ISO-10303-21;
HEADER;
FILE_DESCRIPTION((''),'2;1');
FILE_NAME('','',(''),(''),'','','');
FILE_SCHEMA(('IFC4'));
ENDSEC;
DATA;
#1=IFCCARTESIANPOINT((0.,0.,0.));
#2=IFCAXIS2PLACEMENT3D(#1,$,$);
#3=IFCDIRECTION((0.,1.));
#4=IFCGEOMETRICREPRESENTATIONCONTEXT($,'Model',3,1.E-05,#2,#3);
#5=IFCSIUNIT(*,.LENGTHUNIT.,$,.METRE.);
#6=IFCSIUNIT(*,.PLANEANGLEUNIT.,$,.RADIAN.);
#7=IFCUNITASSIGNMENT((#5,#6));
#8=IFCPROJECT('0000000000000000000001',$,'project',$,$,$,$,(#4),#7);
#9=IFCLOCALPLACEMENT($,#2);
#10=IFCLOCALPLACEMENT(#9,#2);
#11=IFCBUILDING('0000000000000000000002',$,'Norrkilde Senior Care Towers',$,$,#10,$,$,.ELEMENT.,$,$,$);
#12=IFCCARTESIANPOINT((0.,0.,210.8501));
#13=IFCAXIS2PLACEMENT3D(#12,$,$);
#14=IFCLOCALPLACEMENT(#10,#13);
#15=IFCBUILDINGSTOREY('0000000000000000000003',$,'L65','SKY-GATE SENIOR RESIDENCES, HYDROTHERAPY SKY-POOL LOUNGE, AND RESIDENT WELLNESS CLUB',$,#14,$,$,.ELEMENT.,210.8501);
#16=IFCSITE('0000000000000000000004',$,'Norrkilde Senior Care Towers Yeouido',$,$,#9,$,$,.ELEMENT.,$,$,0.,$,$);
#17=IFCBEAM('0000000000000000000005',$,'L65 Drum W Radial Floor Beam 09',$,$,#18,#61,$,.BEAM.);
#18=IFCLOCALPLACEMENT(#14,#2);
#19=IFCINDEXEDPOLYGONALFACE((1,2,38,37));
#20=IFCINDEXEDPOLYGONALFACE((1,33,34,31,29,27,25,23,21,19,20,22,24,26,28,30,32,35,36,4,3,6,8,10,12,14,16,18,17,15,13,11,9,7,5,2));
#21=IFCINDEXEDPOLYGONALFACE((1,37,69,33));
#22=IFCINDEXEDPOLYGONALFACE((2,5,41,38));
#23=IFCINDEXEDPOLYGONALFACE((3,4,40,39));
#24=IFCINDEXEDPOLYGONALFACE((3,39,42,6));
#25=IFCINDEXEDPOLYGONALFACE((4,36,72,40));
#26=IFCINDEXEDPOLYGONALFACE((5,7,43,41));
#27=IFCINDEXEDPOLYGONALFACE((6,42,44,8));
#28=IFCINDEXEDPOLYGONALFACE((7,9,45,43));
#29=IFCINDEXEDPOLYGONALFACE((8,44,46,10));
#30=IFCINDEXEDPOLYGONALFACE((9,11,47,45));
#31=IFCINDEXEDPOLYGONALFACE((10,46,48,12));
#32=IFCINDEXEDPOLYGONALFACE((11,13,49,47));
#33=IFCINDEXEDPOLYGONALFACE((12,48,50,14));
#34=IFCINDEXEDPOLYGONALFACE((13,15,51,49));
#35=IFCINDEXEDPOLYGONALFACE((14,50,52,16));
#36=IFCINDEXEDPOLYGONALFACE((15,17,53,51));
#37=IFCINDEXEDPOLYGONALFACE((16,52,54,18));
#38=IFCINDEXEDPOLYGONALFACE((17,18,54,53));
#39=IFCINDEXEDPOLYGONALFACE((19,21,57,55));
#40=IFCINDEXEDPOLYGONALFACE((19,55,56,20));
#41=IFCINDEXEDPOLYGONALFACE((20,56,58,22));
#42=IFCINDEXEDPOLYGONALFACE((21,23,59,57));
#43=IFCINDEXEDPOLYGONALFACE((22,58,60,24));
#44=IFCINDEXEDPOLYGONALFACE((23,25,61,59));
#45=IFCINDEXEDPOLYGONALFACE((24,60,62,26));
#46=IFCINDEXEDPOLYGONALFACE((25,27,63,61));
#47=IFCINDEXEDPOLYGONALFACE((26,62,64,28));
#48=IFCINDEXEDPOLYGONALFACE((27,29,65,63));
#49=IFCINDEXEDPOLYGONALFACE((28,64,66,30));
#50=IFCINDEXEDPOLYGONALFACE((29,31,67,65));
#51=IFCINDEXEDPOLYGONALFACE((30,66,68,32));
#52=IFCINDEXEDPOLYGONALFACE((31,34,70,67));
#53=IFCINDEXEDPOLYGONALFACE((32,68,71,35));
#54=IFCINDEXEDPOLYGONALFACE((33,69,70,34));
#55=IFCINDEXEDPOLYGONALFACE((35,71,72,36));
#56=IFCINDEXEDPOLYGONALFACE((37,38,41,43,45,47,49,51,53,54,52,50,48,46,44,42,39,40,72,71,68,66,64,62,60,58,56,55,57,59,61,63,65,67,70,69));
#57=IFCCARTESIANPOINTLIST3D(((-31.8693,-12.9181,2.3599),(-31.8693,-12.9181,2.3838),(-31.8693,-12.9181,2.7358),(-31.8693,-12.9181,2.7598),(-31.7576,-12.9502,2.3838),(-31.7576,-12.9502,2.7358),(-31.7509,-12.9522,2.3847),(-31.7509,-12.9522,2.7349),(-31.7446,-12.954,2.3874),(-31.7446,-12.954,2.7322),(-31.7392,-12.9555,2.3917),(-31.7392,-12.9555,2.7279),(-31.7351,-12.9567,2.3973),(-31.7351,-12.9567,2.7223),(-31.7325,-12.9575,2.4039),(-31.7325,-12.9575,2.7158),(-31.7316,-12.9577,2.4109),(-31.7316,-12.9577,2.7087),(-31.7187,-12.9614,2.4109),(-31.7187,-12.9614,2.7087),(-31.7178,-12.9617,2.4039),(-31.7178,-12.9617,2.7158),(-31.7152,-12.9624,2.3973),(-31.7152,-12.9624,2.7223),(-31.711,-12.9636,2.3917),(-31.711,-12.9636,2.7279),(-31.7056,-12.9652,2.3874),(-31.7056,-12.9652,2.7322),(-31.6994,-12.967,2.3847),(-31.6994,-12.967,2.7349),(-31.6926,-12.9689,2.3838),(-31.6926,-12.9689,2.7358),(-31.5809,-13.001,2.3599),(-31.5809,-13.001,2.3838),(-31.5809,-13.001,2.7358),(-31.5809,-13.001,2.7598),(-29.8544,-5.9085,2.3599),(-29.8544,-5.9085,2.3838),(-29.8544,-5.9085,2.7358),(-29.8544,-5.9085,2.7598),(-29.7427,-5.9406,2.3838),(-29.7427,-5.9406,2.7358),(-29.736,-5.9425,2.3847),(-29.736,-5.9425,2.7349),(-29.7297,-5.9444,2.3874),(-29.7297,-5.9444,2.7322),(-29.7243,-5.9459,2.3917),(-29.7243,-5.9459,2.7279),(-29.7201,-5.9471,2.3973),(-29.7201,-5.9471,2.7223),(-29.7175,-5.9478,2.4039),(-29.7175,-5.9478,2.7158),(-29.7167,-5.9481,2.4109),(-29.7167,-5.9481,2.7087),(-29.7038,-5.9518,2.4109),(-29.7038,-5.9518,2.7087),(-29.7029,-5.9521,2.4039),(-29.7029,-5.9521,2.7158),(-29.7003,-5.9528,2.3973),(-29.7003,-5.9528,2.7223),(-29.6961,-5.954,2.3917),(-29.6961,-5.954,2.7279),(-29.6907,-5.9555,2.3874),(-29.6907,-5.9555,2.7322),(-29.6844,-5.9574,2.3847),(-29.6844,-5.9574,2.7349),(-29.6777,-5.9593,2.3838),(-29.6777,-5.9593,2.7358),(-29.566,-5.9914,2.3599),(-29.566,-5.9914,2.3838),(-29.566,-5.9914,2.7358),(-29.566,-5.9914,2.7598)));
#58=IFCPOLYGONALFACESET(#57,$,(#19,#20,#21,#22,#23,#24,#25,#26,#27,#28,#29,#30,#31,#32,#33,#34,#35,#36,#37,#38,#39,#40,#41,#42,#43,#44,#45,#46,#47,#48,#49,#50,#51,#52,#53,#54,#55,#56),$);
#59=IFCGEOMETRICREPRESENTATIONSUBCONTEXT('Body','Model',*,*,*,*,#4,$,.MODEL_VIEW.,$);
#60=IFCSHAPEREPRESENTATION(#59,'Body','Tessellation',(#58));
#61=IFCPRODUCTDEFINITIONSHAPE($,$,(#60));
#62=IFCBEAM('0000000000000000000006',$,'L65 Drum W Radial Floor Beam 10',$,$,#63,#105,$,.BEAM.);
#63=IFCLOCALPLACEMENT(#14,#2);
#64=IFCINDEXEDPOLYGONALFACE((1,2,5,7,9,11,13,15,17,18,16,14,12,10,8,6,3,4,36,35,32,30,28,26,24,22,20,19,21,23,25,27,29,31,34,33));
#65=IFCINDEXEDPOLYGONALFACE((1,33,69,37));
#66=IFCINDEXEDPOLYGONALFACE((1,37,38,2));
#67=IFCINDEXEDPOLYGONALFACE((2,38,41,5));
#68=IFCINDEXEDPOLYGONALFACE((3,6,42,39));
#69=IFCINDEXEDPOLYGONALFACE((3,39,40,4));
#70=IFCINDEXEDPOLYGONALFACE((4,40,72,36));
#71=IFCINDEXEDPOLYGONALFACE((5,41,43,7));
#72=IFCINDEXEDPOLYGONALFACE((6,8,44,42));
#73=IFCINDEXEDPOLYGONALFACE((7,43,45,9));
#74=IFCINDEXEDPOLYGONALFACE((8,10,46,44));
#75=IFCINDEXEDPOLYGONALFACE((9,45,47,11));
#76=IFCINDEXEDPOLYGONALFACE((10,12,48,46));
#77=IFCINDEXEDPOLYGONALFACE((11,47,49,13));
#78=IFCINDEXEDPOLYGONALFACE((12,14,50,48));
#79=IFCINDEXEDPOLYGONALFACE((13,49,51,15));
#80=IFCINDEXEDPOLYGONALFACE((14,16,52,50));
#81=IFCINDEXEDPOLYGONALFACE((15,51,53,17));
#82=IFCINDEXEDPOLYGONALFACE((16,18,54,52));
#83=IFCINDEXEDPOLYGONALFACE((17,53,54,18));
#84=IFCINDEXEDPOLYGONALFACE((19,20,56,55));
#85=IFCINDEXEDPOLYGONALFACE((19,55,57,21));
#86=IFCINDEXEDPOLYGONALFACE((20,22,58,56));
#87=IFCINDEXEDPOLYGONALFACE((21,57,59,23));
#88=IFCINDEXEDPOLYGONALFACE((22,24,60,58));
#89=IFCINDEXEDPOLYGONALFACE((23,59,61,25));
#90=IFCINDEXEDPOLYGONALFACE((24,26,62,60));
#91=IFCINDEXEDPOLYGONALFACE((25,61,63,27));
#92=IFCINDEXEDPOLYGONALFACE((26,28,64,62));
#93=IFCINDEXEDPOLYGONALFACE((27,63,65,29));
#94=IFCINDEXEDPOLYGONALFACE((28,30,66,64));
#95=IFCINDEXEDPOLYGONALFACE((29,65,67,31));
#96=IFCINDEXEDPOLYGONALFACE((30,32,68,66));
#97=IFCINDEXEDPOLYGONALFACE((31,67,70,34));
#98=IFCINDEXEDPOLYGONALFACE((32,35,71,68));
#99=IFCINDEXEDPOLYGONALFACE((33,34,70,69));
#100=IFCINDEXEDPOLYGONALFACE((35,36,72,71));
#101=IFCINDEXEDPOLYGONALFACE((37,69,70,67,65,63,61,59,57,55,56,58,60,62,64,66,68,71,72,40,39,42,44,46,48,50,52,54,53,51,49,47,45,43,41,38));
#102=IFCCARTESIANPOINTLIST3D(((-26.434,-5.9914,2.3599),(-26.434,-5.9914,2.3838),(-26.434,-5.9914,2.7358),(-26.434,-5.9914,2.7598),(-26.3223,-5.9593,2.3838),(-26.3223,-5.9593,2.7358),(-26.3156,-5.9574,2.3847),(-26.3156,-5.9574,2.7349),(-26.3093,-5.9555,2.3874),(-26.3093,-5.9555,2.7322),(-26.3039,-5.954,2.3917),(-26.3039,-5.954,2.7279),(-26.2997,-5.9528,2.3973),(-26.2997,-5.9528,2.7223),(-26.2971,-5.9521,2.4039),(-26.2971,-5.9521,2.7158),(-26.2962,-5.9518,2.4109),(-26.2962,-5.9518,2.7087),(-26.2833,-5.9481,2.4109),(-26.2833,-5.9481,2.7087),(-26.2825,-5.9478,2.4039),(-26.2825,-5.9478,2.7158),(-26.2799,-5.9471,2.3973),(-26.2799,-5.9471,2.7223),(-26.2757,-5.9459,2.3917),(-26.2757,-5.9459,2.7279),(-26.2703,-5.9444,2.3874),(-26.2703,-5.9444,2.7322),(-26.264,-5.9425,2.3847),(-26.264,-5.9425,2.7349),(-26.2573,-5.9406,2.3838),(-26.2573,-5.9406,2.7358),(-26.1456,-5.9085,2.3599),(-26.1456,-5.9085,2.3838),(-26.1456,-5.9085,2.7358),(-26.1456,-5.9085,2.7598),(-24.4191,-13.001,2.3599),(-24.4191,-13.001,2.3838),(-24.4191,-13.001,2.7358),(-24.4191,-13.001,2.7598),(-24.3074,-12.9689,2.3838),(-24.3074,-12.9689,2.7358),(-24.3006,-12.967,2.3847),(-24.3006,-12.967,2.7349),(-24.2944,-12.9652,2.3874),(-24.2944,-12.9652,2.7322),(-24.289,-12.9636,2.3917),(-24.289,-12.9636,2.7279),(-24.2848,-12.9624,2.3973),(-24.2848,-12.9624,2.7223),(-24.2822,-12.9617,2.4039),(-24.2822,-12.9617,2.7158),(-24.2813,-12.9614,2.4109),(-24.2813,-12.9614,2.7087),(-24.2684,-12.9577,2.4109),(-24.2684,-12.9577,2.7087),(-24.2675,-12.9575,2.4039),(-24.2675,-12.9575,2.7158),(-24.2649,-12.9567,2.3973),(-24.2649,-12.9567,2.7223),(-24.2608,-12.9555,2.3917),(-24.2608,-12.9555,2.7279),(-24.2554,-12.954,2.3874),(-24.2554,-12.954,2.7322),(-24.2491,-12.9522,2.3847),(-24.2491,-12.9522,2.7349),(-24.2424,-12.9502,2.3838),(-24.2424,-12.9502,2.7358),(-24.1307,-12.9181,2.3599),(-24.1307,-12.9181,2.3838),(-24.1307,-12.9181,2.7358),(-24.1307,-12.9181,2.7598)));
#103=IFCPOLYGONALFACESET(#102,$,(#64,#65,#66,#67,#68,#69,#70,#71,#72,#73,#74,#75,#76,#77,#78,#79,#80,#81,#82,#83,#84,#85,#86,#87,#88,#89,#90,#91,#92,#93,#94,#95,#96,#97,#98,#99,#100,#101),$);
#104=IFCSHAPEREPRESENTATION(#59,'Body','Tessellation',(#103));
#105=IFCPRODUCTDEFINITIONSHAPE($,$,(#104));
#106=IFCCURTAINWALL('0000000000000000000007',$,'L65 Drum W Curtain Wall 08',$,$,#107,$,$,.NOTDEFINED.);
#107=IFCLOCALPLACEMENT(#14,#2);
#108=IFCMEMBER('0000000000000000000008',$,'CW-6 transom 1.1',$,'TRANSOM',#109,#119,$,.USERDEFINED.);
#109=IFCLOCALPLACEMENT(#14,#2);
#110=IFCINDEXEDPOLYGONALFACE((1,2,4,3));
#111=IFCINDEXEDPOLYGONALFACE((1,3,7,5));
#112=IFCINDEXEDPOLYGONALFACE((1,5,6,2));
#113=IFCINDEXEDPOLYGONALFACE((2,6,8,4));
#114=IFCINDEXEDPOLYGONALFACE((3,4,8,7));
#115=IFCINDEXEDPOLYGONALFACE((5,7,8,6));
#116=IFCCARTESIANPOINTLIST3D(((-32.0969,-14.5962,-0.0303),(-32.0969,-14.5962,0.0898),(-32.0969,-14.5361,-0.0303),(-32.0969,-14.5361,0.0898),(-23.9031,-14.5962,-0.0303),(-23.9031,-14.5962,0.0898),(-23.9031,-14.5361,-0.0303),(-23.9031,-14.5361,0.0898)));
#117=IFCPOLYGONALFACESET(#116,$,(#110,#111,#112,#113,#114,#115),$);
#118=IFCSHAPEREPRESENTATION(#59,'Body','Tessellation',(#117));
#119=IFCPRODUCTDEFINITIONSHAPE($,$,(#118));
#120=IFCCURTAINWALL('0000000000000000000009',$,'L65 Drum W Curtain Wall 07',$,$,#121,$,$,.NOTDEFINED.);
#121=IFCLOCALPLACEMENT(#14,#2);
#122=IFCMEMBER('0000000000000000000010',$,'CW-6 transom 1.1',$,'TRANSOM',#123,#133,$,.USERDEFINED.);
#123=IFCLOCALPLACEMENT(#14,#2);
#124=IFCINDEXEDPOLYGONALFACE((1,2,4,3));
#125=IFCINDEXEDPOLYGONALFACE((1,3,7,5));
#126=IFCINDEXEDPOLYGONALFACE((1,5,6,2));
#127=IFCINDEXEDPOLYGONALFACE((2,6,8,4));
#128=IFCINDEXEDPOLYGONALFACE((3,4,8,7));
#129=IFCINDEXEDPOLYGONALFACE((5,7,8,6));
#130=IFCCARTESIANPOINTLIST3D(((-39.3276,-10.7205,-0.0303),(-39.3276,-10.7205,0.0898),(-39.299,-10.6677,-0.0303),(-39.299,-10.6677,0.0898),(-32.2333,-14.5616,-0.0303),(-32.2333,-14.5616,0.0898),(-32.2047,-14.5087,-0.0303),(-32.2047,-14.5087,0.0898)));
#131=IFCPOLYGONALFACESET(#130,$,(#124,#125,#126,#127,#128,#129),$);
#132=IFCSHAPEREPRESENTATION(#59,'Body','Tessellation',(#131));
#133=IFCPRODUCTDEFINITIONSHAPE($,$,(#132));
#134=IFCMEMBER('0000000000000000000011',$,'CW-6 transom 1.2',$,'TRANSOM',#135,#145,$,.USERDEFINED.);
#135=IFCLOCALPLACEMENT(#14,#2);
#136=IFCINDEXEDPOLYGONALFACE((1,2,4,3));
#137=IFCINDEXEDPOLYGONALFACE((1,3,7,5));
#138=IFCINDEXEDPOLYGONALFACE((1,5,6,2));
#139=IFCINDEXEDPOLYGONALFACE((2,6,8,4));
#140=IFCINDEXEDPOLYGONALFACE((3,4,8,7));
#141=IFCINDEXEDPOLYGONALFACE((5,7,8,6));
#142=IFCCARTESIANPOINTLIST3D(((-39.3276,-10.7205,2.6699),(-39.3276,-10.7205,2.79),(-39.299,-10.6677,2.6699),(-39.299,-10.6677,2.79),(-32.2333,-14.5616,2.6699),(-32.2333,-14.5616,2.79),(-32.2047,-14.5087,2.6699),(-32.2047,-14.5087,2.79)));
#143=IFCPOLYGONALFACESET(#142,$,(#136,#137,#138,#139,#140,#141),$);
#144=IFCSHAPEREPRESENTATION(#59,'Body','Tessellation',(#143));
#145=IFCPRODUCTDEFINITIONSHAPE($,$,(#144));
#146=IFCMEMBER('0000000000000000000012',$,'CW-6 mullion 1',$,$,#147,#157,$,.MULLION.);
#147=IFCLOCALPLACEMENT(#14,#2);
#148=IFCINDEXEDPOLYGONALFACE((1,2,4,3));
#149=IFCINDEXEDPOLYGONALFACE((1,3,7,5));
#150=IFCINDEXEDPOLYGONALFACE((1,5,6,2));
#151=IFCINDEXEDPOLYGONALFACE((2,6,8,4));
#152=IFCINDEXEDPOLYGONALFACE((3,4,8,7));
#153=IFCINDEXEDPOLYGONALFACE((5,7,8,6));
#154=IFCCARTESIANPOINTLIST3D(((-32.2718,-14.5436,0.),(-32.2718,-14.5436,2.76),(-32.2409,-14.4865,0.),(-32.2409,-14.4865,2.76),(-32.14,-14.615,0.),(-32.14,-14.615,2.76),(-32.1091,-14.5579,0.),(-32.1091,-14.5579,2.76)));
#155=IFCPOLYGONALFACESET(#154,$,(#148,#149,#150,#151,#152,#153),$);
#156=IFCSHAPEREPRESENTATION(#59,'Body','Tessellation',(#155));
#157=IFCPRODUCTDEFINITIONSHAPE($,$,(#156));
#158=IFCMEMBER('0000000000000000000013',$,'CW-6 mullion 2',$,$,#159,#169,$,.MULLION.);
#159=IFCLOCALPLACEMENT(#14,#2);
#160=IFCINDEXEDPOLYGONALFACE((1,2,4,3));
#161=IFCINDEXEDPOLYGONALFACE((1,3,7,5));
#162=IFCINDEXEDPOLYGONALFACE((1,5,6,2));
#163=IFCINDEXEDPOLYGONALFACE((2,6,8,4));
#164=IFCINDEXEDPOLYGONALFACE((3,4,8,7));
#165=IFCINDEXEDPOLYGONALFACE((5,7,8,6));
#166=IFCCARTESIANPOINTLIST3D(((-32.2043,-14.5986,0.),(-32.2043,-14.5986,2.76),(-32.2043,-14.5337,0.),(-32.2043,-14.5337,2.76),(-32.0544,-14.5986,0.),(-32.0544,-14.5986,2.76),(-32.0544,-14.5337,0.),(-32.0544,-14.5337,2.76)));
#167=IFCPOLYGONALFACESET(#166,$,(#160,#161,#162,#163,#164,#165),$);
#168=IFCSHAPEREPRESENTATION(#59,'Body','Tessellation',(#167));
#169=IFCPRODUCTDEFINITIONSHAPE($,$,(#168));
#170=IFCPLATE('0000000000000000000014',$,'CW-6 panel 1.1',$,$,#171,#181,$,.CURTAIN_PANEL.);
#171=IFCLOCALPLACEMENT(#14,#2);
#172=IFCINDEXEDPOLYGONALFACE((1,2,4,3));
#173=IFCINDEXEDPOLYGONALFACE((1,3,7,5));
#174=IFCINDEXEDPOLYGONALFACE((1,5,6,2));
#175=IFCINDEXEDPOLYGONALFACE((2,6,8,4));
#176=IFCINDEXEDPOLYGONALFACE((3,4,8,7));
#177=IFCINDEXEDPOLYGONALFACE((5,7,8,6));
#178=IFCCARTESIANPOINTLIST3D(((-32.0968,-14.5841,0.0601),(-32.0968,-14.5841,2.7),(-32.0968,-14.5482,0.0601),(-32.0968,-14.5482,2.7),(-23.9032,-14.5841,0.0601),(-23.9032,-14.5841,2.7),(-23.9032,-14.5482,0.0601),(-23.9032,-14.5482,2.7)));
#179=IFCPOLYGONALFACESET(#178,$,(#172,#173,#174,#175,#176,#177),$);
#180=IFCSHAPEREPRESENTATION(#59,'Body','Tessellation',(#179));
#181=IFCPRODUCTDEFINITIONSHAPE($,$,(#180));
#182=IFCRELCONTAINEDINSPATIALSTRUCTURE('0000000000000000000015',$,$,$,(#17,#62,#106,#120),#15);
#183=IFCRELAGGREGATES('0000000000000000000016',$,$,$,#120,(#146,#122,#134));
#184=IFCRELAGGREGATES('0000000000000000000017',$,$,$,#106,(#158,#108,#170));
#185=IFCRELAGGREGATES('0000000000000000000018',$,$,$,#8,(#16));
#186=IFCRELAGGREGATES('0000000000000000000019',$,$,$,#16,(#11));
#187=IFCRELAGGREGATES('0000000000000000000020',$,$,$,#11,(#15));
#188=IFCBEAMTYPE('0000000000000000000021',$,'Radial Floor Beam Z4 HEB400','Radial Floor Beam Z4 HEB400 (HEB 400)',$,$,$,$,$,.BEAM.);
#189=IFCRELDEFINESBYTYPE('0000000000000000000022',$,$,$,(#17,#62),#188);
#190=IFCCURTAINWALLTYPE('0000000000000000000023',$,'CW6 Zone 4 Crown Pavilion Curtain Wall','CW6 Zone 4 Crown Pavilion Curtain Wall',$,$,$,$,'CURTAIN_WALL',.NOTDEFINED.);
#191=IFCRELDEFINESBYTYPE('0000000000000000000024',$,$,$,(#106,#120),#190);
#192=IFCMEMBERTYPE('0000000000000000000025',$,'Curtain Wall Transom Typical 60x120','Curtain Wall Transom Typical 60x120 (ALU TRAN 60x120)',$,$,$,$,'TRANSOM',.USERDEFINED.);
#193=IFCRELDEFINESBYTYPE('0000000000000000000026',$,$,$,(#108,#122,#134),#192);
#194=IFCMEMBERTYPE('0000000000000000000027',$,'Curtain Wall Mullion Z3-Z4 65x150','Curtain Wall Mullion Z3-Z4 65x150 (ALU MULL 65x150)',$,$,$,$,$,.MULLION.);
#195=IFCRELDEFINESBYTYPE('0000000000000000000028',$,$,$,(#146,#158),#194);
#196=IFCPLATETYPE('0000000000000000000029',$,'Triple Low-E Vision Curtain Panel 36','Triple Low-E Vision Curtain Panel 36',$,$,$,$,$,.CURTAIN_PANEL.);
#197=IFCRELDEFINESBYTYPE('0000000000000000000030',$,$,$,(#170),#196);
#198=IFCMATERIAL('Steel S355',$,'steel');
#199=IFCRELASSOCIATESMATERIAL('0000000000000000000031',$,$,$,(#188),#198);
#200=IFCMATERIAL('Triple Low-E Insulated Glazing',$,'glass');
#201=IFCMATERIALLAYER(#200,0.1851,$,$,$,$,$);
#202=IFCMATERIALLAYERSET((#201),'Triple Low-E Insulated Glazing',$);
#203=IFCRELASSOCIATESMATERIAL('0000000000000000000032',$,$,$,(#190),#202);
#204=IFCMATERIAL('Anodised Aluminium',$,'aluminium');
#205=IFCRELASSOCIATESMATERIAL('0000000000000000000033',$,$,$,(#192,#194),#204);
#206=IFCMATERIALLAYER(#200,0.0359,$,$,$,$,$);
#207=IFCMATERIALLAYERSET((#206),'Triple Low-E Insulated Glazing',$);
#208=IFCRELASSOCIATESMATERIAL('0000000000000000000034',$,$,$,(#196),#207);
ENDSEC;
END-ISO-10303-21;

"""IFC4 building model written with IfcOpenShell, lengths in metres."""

from ifc_helpers import new_model, si_unit, direction, frame, origin, origin_2d, place, context, subcontext, project, spatial, rectangle, i_section, extrude, source, transform, mapped, material, layer, layer_set, material_profile, profile_set, type_object, type_shapes, element, aggregate, save


model = new_model("IFC4")

# Units and contexts
model_context = context("Model", 3, precision=1e-05, world=origin(), true_north=direction((0.0, 1.0)))
body_context = subcontext(model_context, "Body", "Model", "MODEL_VIEW")
ifc_project = project(units=[si_unit("LENGTHUNIT", "METRE"), si_unit("PLANEANGLEUNIT", "RADIAN")], contexts=[model_context])

# Site, building, storey
site_placement = place(None, origin())
site = spatial("IfcSite", under=ifc_project, at=site_placement, Name="Norrkilde Senior Care Towers Yeouido", CompositionType="ELEMENT", RefElevation=0.0)
building_placement = place(site_placement, origin())
building = spatial("IfcBuilding", under=site, at=building_placement, Name="Norrkilde Senior Care Towers", CompositionType="ELEMENT")
storey_placement = place(building_placement, frame((0.0, 0.0, 210.8501)))
storey = spatial("IfcBuildingStorey", under=building, at=storey_placement, Name="L65", Description="SKY-GATE SENIOR RESIDENCES, HYDROTHERAPY SKY-POOL LOUNGE, AND RESIDENT WELLNESS CLUB", CompositionType="ELEMENT", Elevation=210.8501)

# Beams
ifc_material_1 = material(Name="Steel S355", Category="steel")
ifc_material_profile_1 = material_profile(ifc_material_1, i_section(OverallWidth=0.3, OverallDepth=0.3999, WebThickness=0.0134, FlangeThickness=0.0239, FilletRadius=0.0271, at=origin_2d()), Name="HEB 400")
ifc_profile_set_1 = profile_set([ifc_material_profile_1], Name="Steel S355")
beam_type_1 = type_object("IfcBeamType", Name="Radial Floor Beam Z4 HEB400", Description="Radial Floor Beam Z4 HEB400 (HEB 400)", PredefinedType="BEAM", material=ifc_profile_set_1)
shared_shape_1 = source(origin(), body_context, "Body", "SweptSolid", [
    extrude(i_section(OverallWidth=0.3, OverallDepth=0.3999, WebThickness=0.0134, FlangeThickness=0.0239, FilletRadius=0.0271, at=origin_2d()), origin(), (0.0, 0.0, 1.0), 7.2935),
])
for number, where, z_axis, x_axis, name in (
    (1, (-29.7102, -5.95, 2.5598), (-0.276264, -0.961082, 0.0), (0.961082, -0.276264, 0.0), "L65 Drum W Radial Floor Beam 09"),
    (2, (-26.2898, -5.95, 2.5598), (0.276264, -0.961082, 0.0), (0.961082, 0.276264, 0.0), "L65 Drum W Radial Floor Beam 10"),
):
    element("IfcBeam", number, at=place(storey_placement, frame(where, z_axis=z_axis, x_axis=x_axis)), inside=storey, type_object=beam_type_1, Name=name, PredefinedType="BEAM", context=body_context, shape_type="MappedRepresentation", body=[
        mapped(shared_shape_1, transform((0.0, 0.0, 0.0), x_axis=(1.0, 0.0, 0.0), y_axis=(0.0, 1.0, 0.0), z_axis=(0.0, 0.0, 1.0), scale=1.0)),
    ])

# Curtain wall, member
ifc_material_2 = material(Name="Triple Low-E Insulated Glazing", Category="glass")
ifc_layer_1 = layer(ifc_material_2, 0.1851)
ifc_layer_set_1 = layer_set([ifc_layer_1], Name="Triple Low-E Insulated Glazing")
curtain_wall_type = type_object("IfcCurtainWallType", Name="CW6 Zone 4 Crown Pavilion Curtain Wall", Description="CW6 Zone 4 Crown Pavilion Curtain Wall", ElementType="CURTAIN_WALL", PredefinedType="NOTDEFINED", material=ifc_layer_set_1)
curtain_wall_1_placement = place(storey_placement, origin())
curtain_wall_1 = element("IfcCurtainWall", 3, at=curtain_wall_1_placement, inside=storey, type_object=curtain_wall_type, Name="L65 Drum W Curtain Wall 08", PredefinedType="NOTDEFINED")
ifc_material_3 = material(Name="Anodised Aluminium", Category="aluminium")
ifc_material_profile_2 = material_profile(ifc_material_3, rectangle(XDim=0.0601, YDim=0.1201, at=origin_2d()), Name="ALU TRAN 60x120")
ifc_profile_set_2 = profile_set([ifc_material_profile_2], Name="Anodised Aluminium")
member_type_1 = type_object("IfcMemberType", Name="Curtain Wall Transom Typical 60x120", Description="Curtain Wall Transom Typical 60x120 (ALU TRAN 60x120)", ElementType="TRANSOM", PredefinedType="USERDEFINED", material=ifc_profile_set_2)
shared_shape_2 = source(origin(), body_context, "Body", "SweptSolid", [
    extrude(rectangle(XDim=0.0601, YDim=0.1201, at=origin_2d()), origin(), (0.0, 0.0, 1.0), 8.1938),
])
member_1_placement = place(storey_placement, frame((-23.9031, -14.5662, 0.0298), z_axis=(-1.0, 0.0, 0.0), x_axis=(0.0, -1.0, 0.0)))
member_1 = element("IfcMember", 4, at=member_1_placement, type_object=member_type_1, Name="CW-6 transom 1.1", ObjectType="TRANSOM", PredefinedType="USERDEFINED", context=body_context, shape_type="MappedRepresentation", body=[
    mapped(shared_shape_2, transform((0.0, 0.0, 0.0), x_axis=(1.0, 0.0, 0.0), y_axis=(0.0, 1.0, 0.0), z_axis=(0.0, 0.0, 1.0), scale=1.0)),
])

# Curtain wall, members
curtain_wall_2_placement = place(storey_placement, origin())
curtain_wall_2 = element("IfcCurtainWall", 5, at=curtain_wall_2_placement, inside=storey, type_object=curtain_wall_type, Name="L65 Drum W Curtain Wall 07", PredefinedType="NOTDEFINED")
shared_shape_3 = source(origin(), body_context, "Body", "SweptSolid", [
    extrude(rectangle(XDim=0.0601, YDim=0.1201, at=origin_2d()), origin(), (0.0, 0.0, 1.0), 8.0674),
])
type_shapes(member_type_1, [shared_shape_2, shared_shape_3])
member_2_placement = place(storey_placement, frame((-32.219, -14.5352, 0.0298), z_axis=(-0.879378, 0.476125, 0.0), x_axis=(-0.476125, -0.879378, 0.0)))
member_2 = element("IfcMember", 6, at=member_2_placement, type_object=member_type_1, Name="CW-6 transom 1.1", ObjectType="TRANSOM", PredefinedType="USERDEFINED", context=body_context, shape_type="MappedRepresentation", body=[
    mapped(shared_shape_3, transform((0.0, 0.0, 0.0), x_axis=(1.0, 0.0, 0.0), y_axis=(0.0, 1.0, 0.0), z_axis=(0.0, 0.0, 1.0), scale=1.0)),
])
member_3_placement = place(storey_placement, frame((-32.219, -14.5352, 2.73), z_axis=(-0.879378, 0.476125, 0.0), x_axis=(-0.476125, -0.879378, 0.0)))
member_3 = element("IfcMember", 7, at=member_3_placement, type_object=member_type_1, Name="CW-6 transom 1.2", ObjectType="TRANSOM", PredefinedType="USERDEFINED", context=body_context, shape_type="MappedRepresentation", body=[
    mapped(shared_shape_3, transform((0.0, 0.0, 0.0), x_axis=(1.0, 0.0, 0.0), y_axis=(0.0, 1.0, 0.0), z_axis=(0.0, 0.0, 1.0), scale=1.0)),
])
ifc_material_profile_3 = material_profile(ifc_material_3, rectangle(XDim=0.0649, YDim=0.1499, at=origin_2d()), Name="ALU MULL 65x150")
ifc_profile_set_3 = profile_set([ifc_material_profile_3], Name="Anodised Aluminium")
member_type_2 = type_object("IfcMemberType", Name="Curtain Wall Mullion Z3-Z4 65x150", Description="Curtain Wall Mullion Z3-Z4 65x150 (ALU MULL 65x150)", PredefinedType="MULLION", material=ifc_profile_set_3)
shared_shape_4 = source(origin(), body_context, "Body", "SweptSolid", [
    extrude(rectangle(XDim=0.0649, YDim=0.1499, at=origin_2d()), origin(), (0.0, 0.0, 1.0), 2.76),
])
type_shapes(member_type_2, [shared_shape_4])
member_4_placement = place(storey_placement, frame((-32.1904, -14.5508, 0.0), z_axis=(0.0, 0.0, 1.0), x_axis=(-0.476133, -0.879373, 0.0)))
member_4 = element("IfcMember", 8, at=member_4_placement, type_object=member_type_2, Name="CW-6 mullion 1", PredefinedType="MULLION", context=body_context, shape_type="MappedRepresentation", body=[
    mapped(shared_shape_4, transform((0.0, 0.0, 0.0), x_axis=(1.0, 0.0, 0.0), y_axis=(0.0, 1.0, 0.0), z_axis=(0.0, 0.0, 1.0), scale=1.0)),
])
aggregate(curtain_wall_2, [member_4, member_2, member_3])

# Member
member_5_placement = place(storey_placement, frame((-32.1294, -14.5662, 0.0), z_axis=(0.0, 0.0, 1.0), x_axis=(0.0, -1.0, 0.0)))
member_5 = element("IfcMember", 9, at=member_5_placement, type_object=member_type_2, Name="CW-6 mullion 2", PredefinedType="MULLION", context=body_context, shape_type="MappedRepresentation", body=[
    mapped(shared_shape_4, transform((0.0, 0.0, 0.0), x_axis=(1.0, 0.0, 0.0), y_axis=(0.0, 1.0, 0.0), z_axis=(0.0, 0.0, 1.0), scale=1.0)),
])

# Plate
ifc_layer_2 = layer(ifc_material_2, 0.0359)
ifc_layer_set_2 = layer_set([ifc_layer_2], Name="Triple Low-E Insulated Glazing")
plate_type = type_object("IfcPlateType", Name="Triple Low-E Vision Curtain Panel 36", Description="Triple Low-E Vision Curtain Panel 36", PredefinedType="CURTAIN_PANEL", material=ifc_layer_set_2)
shared_shape_5 = source(origin(), body_context, "Body", "SweptSolid", [
    extrude(rectangle(XDim=8.1936, YDim=0.0359, at=origin_2d()), origin(), (0.0, 0.0, 1.0), 2.6399),
])
type_shapes(plate_type, [shared_shape_5])
plate_placement = place(storey_placement, frame((-28.0, -14.5662, 0.0601), z_axis=(0.0, 0.0, 1.0), x_axis=(-1.0, 0.0, 0.0)))
plate = element("IfcPlate", 10, at=plate_placement, type_object=plate_type, Name="CW-6 panel 1.1", PredefinedType="CURTAIN_PANEL", context=body_context, shape_type="MappedRepresentation", body=[
    mapped(shared_shape_5, transform((0.0, 0.0, 0.0), x_axis=(1.0, 0.0, 0.0), y_axis=(0.0, 1.0, 0.0), z_axis=(0.0, 0.0, 1.0), scale=1.0)),
])
aggregate(curtain_wall_1, [member_5, member_1, plate])

save(model, "model.ifc")
